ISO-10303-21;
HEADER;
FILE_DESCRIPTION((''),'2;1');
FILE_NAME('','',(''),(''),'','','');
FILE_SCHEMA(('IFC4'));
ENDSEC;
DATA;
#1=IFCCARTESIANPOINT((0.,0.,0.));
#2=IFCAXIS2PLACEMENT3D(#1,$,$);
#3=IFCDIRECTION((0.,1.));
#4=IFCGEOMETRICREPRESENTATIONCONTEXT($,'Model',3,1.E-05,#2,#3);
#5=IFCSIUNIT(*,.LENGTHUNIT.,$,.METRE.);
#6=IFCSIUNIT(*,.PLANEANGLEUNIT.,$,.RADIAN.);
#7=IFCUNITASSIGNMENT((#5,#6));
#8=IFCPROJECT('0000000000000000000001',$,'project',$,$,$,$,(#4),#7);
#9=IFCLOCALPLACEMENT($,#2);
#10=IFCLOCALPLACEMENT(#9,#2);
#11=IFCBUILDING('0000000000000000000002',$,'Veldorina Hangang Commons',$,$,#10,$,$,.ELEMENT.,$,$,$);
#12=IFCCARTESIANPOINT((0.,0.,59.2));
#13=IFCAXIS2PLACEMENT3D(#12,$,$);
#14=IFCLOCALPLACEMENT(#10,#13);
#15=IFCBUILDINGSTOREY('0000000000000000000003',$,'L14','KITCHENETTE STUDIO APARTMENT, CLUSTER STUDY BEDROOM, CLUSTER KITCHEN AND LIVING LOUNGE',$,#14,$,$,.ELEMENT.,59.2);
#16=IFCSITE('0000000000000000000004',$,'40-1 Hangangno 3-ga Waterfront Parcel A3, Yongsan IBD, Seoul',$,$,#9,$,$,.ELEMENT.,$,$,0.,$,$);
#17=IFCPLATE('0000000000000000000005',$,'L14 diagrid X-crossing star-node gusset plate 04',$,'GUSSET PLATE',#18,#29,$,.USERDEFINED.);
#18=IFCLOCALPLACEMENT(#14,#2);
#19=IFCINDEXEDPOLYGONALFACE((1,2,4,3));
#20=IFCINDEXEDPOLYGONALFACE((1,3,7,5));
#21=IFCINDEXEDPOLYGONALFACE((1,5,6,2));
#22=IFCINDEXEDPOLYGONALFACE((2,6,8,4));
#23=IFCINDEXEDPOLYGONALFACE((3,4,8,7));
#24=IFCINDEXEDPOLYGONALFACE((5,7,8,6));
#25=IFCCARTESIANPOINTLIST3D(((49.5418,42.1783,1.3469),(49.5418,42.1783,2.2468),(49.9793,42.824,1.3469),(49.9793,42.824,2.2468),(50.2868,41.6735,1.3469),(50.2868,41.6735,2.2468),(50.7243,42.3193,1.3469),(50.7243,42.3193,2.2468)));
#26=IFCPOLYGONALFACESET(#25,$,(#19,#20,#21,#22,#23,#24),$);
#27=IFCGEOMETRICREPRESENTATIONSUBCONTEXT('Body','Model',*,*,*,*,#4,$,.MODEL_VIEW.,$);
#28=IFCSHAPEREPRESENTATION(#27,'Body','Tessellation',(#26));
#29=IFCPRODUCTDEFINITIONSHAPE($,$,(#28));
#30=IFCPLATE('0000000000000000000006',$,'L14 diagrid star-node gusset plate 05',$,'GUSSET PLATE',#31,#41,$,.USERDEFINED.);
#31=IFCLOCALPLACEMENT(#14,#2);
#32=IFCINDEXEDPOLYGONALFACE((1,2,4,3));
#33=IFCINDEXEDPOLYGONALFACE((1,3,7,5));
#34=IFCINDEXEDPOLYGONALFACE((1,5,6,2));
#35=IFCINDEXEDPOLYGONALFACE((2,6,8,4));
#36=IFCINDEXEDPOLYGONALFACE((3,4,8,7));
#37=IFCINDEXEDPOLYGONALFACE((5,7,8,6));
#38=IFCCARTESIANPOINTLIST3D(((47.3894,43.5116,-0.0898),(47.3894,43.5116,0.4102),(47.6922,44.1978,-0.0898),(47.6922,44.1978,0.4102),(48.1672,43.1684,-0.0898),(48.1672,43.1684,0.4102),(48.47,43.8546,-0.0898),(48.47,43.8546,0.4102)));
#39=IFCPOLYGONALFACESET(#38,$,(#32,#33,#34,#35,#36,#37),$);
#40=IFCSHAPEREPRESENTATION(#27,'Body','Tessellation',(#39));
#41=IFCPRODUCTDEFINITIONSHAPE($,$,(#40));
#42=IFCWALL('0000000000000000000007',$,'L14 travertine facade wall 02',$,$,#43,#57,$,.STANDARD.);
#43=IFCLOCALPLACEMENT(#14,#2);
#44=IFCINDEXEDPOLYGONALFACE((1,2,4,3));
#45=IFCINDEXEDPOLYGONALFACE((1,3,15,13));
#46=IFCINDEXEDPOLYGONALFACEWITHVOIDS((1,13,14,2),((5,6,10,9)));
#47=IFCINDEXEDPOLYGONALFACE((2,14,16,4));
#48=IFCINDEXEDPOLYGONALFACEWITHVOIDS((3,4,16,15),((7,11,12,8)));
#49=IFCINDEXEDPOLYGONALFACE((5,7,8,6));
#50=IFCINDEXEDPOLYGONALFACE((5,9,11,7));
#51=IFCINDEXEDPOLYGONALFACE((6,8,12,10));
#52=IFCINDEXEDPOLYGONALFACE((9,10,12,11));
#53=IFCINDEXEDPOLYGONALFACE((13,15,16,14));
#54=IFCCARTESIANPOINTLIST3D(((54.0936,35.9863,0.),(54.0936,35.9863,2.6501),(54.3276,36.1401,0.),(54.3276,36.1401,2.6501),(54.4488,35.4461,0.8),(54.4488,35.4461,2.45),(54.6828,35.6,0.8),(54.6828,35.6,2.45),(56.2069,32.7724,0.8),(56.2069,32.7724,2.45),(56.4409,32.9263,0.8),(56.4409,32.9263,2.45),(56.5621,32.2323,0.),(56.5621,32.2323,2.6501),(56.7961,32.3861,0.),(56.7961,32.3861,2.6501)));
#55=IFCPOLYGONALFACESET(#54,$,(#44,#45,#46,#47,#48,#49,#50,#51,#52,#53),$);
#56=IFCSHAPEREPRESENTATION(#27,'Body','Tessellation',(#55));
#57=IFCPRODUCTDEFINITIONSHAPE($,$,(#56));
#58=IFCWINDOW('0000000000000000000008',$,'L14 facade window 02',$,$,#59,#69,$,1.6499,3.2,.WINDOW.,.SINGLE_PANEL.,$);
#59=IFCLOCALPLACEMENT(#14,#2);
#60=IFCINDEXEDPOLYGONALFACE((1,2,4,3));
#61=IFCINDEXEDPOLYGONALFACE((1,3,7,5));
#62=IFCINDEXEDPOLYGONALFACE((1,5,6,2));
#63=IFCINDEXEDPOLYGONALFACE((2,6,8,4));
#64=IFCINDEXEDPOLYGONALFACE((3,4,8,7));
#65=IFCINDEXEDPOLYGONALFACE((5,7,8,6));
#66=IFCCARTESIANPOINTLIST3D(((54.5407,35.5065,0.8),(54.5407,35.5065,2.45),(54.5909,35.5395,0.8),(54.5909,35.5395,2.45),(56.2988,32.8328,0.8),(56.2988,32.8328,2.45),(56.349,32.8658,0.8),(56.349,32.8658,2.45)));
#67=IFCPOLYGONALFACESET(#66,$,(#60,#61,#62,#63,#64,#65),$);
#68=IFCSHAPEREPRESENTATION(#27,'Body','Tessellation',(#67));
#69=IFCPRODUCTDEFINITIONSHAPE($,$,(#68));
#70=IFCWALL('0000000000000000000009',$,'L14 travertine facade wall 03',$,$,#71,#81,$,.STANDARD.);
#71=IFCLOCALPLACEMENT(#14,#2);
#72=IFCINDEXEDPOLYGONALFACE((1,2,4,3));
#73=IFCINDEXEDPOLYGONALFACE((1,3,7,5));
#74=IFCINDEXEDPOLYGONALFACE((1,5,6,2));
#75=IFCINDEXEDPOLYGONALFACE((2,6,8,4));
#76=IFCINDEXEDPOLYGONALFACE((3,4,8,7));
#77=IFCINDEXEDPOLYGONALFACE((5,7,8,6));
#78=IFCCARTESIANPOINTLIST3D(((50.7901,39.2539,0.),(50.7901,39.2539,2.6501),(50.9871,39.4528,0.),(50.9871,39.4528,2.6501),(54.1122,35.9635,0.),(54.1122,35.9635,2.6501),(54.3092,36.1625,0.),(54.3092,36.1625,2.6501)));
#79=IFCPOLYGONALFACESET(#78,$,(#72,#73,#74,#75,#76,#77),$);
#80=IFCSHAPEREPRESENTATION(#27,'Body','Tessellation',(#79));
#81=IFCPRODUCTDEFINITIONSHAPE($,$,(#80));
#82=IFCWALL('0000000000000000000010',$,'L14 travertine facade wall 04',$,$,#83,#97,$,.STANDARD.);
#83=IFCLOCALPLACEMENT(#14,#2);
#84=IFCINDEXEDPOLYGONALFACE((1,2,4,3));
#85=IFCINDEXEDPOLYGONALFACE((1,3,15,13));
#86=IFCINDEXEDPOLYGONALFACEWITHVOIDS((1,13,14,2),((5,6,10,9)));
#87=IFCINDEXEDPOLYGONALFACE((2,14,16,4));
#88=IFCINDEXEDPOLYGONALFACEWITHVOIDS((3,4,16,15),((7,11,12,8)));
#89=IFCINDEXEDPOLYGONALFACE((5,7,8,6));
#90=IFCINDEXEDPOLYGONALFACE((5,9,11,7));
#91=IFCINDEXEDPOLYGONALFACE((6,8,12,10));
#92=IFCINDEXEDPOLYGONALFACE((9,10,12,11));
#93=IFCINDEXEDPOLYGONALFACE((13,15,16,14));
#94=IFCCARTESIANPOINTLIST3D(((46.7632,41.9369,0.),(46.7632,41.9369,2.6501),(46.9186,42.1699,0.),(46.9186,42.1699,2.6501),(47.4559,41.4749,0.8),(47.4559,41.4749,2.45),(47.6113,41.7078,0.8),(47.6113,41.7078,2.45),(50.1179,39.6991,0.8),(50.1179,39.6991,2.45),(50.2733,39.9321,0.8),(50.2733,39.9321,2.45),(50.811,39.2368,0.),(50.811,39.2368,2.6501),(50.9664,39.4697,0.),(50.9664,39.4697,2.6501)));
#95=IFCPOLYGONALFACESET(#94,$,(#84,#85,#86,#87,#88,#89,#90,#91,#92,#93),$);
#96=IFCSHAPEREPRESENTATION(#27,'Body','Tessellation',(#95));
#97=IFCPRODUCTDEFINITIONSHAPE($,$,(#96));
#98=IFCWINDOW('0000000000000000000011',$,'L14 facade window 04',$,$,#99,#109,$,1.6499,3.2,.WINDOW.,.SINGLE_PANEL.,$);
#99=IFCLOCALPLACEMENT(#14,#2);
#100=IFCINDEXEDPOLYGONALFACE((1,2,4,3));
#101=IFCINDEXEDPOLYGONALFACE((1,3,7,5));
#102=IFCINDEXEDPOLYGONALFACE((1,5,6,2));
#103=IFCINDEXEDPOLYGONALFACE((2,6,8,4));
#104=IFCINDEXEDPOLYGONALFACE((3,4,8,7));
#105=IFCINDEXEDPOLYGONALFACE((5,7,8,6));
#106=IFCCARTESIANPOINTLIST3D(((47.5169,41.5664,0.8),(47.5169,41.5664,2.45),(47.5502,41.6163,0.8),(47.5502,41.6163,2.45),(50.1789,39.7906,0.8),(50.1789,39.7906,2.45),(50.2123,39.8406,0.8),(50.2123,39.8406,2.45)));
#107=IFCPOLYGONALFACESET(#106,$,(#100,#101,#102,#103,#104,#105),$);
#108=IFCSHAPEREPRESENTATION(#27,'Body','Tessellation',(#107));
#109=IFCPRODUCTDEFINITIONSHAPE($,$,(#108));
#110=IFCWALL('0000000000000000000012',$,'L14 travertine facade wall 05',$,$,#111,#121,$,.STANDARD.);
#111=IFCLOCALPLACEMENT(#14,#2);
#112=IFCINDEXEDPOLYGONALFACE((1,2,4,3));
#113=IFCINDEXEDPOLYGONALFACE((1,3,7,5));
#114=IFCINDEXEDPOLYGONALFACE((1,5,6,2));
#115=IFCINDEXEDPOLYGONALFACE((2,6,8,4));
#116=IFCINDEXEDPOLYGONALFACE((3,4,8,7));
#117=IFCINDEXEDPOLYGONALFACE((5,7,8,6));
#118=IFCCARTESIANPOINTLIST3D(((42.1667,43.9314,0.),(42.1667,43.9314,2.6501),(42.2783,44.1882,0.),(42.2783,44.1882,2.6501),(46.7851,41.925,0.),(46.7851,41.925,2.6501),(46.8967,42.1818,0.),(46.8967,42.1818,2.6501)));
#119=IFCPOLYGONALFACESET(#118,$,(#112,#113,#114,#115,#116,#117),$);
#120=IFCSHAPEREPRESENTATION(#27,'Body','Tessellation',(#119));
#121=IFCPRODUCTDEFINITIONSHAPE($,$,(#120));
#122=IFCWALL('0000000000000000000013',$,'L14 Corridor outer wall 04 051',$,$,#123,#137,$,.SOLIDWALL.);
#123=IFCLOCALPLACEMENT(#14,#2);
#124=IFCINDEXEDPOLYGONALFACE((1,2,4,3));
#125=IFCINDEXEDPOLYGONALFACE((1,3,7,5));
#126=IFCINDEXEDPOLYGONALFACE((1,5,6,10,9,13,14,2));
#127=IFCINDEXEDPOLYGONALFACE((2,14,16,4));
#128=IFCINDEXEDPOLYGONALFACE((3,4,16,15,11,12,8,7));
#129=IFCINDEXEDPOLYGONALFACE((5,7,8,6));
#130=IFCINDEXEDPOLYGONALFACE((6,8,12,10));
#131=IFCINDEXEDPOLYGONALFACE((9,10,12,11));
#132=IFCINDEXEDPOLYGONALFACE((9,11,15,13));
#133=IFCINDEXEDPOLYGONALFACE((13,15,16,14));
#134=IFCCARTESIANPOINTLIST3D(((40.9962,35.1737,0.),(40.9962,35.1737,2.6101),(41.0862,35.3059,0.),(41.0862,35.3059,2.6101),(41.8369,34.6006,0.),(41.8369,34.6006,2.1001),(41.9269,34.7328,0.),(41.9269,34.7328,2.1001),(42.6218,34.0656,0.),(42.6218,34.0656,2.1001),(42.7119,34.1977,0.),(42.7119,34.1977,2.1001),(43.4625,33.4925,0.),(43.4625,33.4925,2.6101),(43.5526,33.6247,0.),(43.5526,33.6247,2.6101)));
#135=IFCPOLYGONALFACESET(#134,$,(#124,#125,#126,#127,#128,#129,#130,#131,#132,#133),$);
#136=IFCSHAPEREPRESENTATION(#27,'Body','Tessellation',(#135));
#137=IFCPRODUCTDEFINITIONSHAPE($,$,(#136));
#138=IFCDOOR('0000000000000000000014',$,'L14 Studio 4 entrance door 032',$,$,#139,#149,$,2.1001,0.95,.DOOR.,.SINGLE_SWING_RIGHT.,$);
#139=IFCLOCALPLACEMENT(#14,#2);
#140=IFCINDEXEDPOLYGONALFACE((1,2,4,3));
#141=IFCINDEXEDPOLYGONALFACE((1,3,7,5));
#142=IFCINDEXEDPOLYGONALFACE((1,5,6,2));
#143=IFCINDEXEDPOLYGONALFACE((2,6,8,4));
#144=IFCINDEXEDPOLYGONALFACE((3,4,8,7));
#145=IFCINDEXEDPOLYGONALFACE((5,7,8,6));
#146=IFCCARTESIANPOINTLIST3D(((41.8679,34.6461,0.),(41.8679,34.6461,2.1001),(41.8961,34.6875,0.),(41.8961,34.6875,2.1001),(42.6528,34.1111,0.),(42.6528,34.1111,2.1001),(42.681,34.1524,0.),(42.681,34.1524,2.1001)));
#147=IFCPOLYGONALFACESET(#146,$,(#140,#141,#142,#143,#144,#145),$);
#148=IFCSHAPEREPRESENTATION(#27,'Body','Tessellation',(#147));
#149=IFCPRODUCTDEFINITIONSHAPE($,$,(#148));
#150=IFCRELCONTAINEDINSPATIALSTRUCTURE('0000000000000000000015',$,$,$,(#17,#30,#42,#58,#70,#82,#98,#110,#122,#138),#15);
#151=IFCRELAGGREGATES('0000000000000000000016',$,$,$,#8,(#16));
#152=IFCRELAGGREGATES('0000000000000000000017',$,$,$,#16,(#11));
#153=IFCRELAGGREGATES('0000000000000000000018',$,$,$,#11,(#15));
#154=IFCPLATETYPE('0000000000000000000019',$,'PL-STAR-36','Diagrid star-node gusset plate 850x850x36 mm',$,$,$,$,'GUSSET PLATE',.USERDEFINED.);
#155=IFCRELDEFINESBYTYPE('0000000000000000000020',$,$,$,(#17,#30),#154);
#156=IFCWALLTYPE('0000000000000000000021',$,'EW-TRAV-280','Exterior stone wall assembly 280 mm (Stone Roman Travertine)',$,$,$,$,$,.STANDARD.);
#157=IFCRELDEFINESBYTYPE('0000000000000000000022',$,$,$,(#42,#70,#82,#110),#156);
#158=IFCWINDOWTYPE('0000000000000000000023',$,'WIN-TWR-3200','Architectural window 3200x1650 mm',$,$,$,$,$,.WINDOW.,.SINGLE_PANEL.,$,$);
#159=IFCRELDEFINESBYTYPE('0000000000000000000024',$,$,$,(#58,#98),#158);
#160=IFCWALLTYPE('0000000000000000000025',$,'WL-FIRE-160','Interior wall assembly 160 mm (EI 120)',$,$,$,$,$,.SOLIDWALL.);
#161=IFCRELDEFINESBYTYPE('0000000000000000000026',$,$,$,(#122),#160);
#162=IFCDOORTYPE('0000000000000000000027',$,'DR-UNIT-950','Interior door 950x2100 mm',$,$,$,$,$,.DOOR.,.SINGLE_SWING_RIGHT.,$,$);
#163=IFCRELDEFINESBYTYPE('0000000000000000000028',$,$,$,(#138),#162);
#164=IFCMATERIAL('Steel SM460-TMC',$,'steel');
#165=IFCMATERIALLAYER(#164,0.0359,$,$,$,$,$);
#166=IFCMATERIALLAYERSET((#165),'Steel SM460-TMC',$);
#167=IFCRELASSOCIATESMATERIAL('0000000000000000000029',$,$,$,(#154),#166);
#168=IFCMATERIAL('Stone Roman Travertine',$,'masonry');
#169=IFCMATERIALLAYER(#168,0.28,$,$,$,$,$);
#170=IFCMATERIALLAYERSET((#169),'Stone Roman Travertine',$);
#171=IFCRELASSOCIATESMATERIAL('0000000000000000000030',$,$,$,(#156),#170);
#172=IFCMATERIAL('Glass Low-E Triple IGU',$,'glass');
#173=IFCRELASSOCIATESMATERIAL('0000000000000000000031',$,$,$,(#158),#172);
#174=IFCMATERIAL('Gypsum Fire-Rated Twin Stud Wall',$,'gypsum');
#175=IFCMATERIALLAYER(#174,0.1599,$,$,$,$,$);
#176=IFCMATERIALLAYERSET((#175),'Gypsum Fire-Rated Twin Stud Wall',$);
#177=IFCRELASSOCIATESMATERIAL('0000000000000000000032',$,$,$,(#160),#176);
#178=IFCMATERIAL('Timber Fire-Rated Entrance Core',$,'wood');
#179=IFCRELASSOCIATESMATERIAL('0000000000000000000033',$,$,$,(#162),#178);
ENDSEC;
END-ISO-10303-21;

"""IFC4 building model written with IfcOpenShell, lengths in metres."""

from ifc_helpers import new_model, si_unit, direction, frame, frame_2d, origin, origin_2d, place, context, subcontext, project, spatial, rectangle, extrude, material, layer, layer_set, type_object, element, fill, save


model = new_model("IFC4")

# Units and contexts
model_context = context("Model", 3, precision=1e-05, world=origin(), true_north=direction((0.0, 1.0)))
body_context = subcontext(model_context, "Body", "Model", "MODEL_VIEW")
ifc_project = project(units=[si_unit("LENGTHUNIT", "METRE"), si_unit("PLANEANGLEUNIT", "RADIAN")], contexts=[model_context])

# Site, building, storey
site_placement = place(None, origin())
site = spatial("IfcSite", under=ifc_project, at=site_placement, Name="40-1 Hangangno 3-ga Waterfront Parcel A3, Yongsan IBD, Seoul", CompositionType="ELEMENT", RefElevation=0.0)
building_placement = place(site_placement, origin())
building = spatial("IfcBuilding", under=site, at=building_placement, Name="Veldorina Hangang Commons", CompositionType="ELEMENT")
storey_placement = place(building_placement, frame((0.0, 0.0, 59.2)))
storey = spatial("IfcBuildingStorey", under=building, at=storey_placement, Name="L14", Description="KITCHENETTE STUDIO APARTMENT, CLUSTER STUDY BEDROOM, CLUSTER KITCHEN AND LIVING LOUNGE", CompositionType="ELEMENT", Elevation=59.2)

# Shared definitions
ifc_material_1 = material(Name="Steel SM460-TMC", Category="steel")

# Plates
ifc_layer_1 = layer(ifc_material_1, 0.0359)
ifc_layer_set_1 = layer_set([ifc_layer_1], Name="Steel SM460-TMC")
plate_type = type_object("IfcPlateType", Name="PL-STAR-36", Description="Diagrid star-node gusset plate 850x850x36 mm", ElementType="GUSSET PLATE", PredefinedType="USERDEFINED", material=ifc_layer_set_1)
plate_1_placement = place(storey_placement, frame((50.1331, 42.2488, 1.3469), z_axis=(0.0, 0.0, 1.0), x_axis=(-0.827865, 0.560928, 0.0)))
element("IfcPlate", 1, at=plate_1_placement, inside=storey, type_object=plate_type, Name="L14 diagrid X-crossing star-node gusset plate 04", ObjectType="GUSSET PLATE", PredefinedType="USERDEFINED", context=body_context, shape_type="SweptSolid", body=[
    extrude(rectangle(XDim=0.8999, YDim=0.78, at=origin_2d()), origin(), (0.0, 0.0, 1.0), 0.8999),
])
plate_2_placement = place(storey_placement, frame((47.9297, 43.6831, -0.0898), z_axis=(0.0, 0.0, 1.0), x_axis=(-0.914875, 0.403737, 0.0)))
element("IfcPlate", 2, at=plate_2_placement, inside=storey, type_object=plate_type, Name="L14 diagrid star-node gusset plate 05", ObjectType="GUSSET PLATE", PredefinedType="USERDEFINED", context=body_context, shape_type="SweptSolid", body=[
    extrude(rectangle(XDim=0.8501, YDim=0.75, at=origin_2d()), origin(), (0.0, 0.0, 1.0), 0.5),
])

# Wall, opening, window
ifc_material_2 = material(Name="Stone Roman Travertine", Category="masonry")
ifc_layer_2 = layer(ifc_material_2, 0.28)
ifc_layer_set_2 = layer_set([ifc_layer_2], Name="Stone Roman Travertine")
wall_type_1 = type_object("IfcWallType", Name="EW-TRAV-280", Description="Exterior stone wall assembly 280 mm (Stone Roman Travertine)", PredefinedType="STANDARD", material=ifc_layer_set_2)
wall_1_placement = place(storey_placement, frame((56.6792, 32.3091, 0.0), z_axis=(0.0, 0.0, 1.0), x_axis=(-0.549435, 0.835537, 0.0)))
wall_1 = element("IfcWall", 3, at=wall_1_placement, inside=storey, type_object=wall_type_1, Name="L14 travertine facade wall 02", PredefinedType="STANDARD", context=body_context, shape_type="SweptSolid", body=[
    extrude(rectangle(XDim=4.4929, YDim=0.28, at=frame_2d((2.2466, 0.0))), origin(), (0.0, 0.0, 1.0), 2.6501),
])
opening_1_placement = place(wall_1_placement, frame((0.6465, 0.0, 0.8)))
opening_1 = element("IfcOpeningElement", 4, at=opening_1_placement, cuts=wall_1, PredefinedType="OPENING", context=body_context, shape_type="SweptSolid", body=[
    extrude(rectangle(XDim=3.2, YDim=1.6499, at=frame_2d((1.6001, 0.825))), frame((0.0, 0.1499, 0.0), z_axis=(0.0, -1.0, 0.0), x_axis=(1.0, 0.0, 0.0)), (0.0, 0.0, 1.0), 0.3),
])
ifc_material_3 = material(Name="Glass Low-E Triple IGU", Category="glass")
window_type = type_object("IfcWindowType", Name="WIN-TWR-3200", Description="Architectural window 3200x1650 mm", PartitioningType="SINGLE_PANEL", PredefinedType="WINDOW", material=ifc_material_3)
window_1_placement = place(opening_1_placement, origin())
window_1 = element("IfcWindow", 5, at=window_1_placement, inside=storey, type_object=window_type, Name="L14 facade window 02", OverallHeight=1.6499, OverallWidth=3.2, PartitioningType="SINGLE_PANEL", PredefinedType="WINDOW", context=body_context, shape_type="SweptSolid", body=[
    extrude(rectangle(XDim=3.2, YDim=1.6499, at=frame_2d((1.6001, 0.825))), frame((0.0, 0.03, 0.0), z_axis=(0.0, -1.0, 0.0), x_axis=(1.0, 0.0, 0.0)), (0.0, 0.0, 1.0), 0.0601),
])
fill(opening_1, window_1)

# Wall
wall_2_placement = place(storey_placement, frame((54.2107, 36.063, 0.0), z_axis=(0.0, 0.0, 1.0), x_axis=(-0.710493, 0.703705, 0.0)))
element("IfcWall", 6, at=wall_2_placement, inside=storey, type_object=wall_type_1, Name="L14 travertine facade wall 03", PredefinedType="STANDARD", context=body_context, shape_type="SweptSolid", body=[
    extrude(rectangle(XDim=4.6758, YDim=0.28, at=frame_2d((2.3379, 0.0))), origin(), (0.0, 0.0, 1.0), 2.6501),
])

# Wall, opening, window
wall_3_placement = place(storey_placement, frame((50.8887, 39.3533, 0.0), z_axis=(0.0, 0.0, 1.0), x_axis=(-0.831896, 0.554932, 0.0)))
wall_3 = element("IfcWall", 7, at=wall_3_placement, inside=storey, type_object=wall_type_1, Name="L14 travertine facade wall 04", PredefinedType="STANDARD", context=body_context, shape_type="SweptSolid", body=[
    extrude(rectangle(XDim=4.8657, YDim=0.28, at=frame_2d((2.4329, 0.0))), origin(), (0.0, 0.0, 1.0), 2.6501),
])
opening_2_placement = place(wall_3_placement, frame((0.833, 0.0, 0.8)))
opening_2 = element("IfcOpeningElement", 8, at=opening_2_placement, cuts=wall_3, PredefinedType="OPENING", context=body_context, shape_type="SweptSolid", body=[
    extrude(rectangle(XDim=3.2, YDim=1.6499, at=frame_2d((1.6001, 0.825))), frame((0.0, 0.1499, 0.0), z_axis=(0.0, -1.0, 0.0), x_axis=(1.0, 0.0, 0.0)), (0.0, 0.0, 1.0), 0.3),
])
window_2_placement = place(opening_2_placement, origin())
window_2 = element("IfcWindow", 9, at=window_2_placement, inside=storey, type_object=window_type, Name="L14 facade window 04", OverallHeight=1.6499, OverallWidth=3.2, PartitioningType="SINGLE_PANEL", PredefinedType="WINDOW", context=body_context, shape_type="SweptSolid", body=[
    extrude(rectangle(XDim=3.2, YDim=1.6499, at=frame_2d((1.6001, 0.825))), frame((0.0, 0.03, 0.0), z_axis=(0.0, -1.0, 0.0), x_axis=(1.0, 0.0, 0.0)), (0.0, 0.0, 1.0), 0.0601),
])
fill(opening_2, window_2)

# Wall
wall_4_placement = place(storey_placement, frame((46.8408, 42.0535, 0.0), z_axis=(0.0, 0.0, 1.0), x_axis=(-0.91719, 0.39845, 0.0)))
element("IfcWall", 10, at=wall_4_placement, inside=storey, type_object=wall_type_1, Name="L14 travertine facade wall 05", PredefinedType="STANDARD", context=body_context, shape_type="SweptSolid", body=[
    extrude(rectangle(XDim=5.0354, YDim=0.28, at=frame_2d((2.5176, 0.0))), origin(), (0.0, 0.0, 1.0), 2.6501),
])

# Wall, opening, door
ifc_material_4 = material(Name="Gypsum Fire-Rated Twin Stud Wall", Category="gypsum")
ifc_layer_3 = layer(ifc_material_4, 0.1599)
ifc_layer_set_3 = layer_set([ifc_layer_3], Name="Gypsum Fire-Rated Twin Stud Wall")
wall_type_2 = type_object("IfcWallType", Name="WL-FIRE-160", Description="Interior wall assembly 160 mm (EI 120)", PredefinedType="SOLIDWALL", material=ifc_layer_set_3)
wall_5_placement = place(storey_placement, frame((43.5076, 33.5586, 0.0), z_axis=(0.0, 0.0, 1.0), x_axis=(-0.826293, 0.56324, 0.0)))
wall_5 = element("IfcWall", 11, at=wall_5_placement, inside=storey, type_object=wall_type_2, Name="L14 Corridor outer wall 04 051", PredefinedType="SOLIDWALL", context=body_context, shape_type="SweptSolid", body=[
    extrude(rectangle(XDim=2.9849, YDim=0.1599, at=frame_2d((1.4924, 0.0))), origin(), (0.0, 0.0, 1.0), 2.6101),
])
opening_3_placement = place(wall_5_placement, frame((1.0173, 0.0, 0.0)))
opening_3 = element("IfcOpeningElement", 12, at=opening_3_placement, cuts=wall_5, PredefinedType="OPENING", context=body_context, shape_type="SweptSolid", body=[
    extrude(rectangle(XDim=0.95, YDim=2.1001, at=frame_2d((0.4751, 1.05))), frame((0.0, 0.0898, 0.0), z_axis=(0.0, -1.0, 0.0), x_axis=(1.0, 0.0, 0.0)), (0.0, 0.0, 1.0), 0.1799),
])
ifc_material_5 = material(Name="Timber Fire-Rated Entrance Core", Category="wood")
door_type_1 = type_object("IfcDoorType", Name="DR-UNIT-950", Description="Interior door 950x2100 mm", OperationType="SINGLE_SWING_RIGHT", PredefinedType="DOOR", material=ifc_material_5)
door_1_placement = place(opening_3_placement, origin())
door_1 = element("IfcDoor", 13, at=door_1_placement, inside=storey, type_object=door_type_1, Name="L14 Studio 4 entrance door 032", OperationType="SINGLE_SWING_RIGHT", OverallHeight=2.1001, OverallWidth=0.95, PredefinedType="DOOR", context=body_context, shape_type="SweptSolid", body=[
    extrude(rectangle(XDim=0.95, YDim=2.1001, at=frame_2d((0.4751, 1.05))), frame((0.0, 0.0249, 0.0), z_axis=(0.0, -1.0, 0.0), x_axis=(1.0, 0.0, 0.0)), (0.0, 0.0, 1.0), 0.05),
])
fill(opening_3, door_1)

save(model, "model.ifc")
